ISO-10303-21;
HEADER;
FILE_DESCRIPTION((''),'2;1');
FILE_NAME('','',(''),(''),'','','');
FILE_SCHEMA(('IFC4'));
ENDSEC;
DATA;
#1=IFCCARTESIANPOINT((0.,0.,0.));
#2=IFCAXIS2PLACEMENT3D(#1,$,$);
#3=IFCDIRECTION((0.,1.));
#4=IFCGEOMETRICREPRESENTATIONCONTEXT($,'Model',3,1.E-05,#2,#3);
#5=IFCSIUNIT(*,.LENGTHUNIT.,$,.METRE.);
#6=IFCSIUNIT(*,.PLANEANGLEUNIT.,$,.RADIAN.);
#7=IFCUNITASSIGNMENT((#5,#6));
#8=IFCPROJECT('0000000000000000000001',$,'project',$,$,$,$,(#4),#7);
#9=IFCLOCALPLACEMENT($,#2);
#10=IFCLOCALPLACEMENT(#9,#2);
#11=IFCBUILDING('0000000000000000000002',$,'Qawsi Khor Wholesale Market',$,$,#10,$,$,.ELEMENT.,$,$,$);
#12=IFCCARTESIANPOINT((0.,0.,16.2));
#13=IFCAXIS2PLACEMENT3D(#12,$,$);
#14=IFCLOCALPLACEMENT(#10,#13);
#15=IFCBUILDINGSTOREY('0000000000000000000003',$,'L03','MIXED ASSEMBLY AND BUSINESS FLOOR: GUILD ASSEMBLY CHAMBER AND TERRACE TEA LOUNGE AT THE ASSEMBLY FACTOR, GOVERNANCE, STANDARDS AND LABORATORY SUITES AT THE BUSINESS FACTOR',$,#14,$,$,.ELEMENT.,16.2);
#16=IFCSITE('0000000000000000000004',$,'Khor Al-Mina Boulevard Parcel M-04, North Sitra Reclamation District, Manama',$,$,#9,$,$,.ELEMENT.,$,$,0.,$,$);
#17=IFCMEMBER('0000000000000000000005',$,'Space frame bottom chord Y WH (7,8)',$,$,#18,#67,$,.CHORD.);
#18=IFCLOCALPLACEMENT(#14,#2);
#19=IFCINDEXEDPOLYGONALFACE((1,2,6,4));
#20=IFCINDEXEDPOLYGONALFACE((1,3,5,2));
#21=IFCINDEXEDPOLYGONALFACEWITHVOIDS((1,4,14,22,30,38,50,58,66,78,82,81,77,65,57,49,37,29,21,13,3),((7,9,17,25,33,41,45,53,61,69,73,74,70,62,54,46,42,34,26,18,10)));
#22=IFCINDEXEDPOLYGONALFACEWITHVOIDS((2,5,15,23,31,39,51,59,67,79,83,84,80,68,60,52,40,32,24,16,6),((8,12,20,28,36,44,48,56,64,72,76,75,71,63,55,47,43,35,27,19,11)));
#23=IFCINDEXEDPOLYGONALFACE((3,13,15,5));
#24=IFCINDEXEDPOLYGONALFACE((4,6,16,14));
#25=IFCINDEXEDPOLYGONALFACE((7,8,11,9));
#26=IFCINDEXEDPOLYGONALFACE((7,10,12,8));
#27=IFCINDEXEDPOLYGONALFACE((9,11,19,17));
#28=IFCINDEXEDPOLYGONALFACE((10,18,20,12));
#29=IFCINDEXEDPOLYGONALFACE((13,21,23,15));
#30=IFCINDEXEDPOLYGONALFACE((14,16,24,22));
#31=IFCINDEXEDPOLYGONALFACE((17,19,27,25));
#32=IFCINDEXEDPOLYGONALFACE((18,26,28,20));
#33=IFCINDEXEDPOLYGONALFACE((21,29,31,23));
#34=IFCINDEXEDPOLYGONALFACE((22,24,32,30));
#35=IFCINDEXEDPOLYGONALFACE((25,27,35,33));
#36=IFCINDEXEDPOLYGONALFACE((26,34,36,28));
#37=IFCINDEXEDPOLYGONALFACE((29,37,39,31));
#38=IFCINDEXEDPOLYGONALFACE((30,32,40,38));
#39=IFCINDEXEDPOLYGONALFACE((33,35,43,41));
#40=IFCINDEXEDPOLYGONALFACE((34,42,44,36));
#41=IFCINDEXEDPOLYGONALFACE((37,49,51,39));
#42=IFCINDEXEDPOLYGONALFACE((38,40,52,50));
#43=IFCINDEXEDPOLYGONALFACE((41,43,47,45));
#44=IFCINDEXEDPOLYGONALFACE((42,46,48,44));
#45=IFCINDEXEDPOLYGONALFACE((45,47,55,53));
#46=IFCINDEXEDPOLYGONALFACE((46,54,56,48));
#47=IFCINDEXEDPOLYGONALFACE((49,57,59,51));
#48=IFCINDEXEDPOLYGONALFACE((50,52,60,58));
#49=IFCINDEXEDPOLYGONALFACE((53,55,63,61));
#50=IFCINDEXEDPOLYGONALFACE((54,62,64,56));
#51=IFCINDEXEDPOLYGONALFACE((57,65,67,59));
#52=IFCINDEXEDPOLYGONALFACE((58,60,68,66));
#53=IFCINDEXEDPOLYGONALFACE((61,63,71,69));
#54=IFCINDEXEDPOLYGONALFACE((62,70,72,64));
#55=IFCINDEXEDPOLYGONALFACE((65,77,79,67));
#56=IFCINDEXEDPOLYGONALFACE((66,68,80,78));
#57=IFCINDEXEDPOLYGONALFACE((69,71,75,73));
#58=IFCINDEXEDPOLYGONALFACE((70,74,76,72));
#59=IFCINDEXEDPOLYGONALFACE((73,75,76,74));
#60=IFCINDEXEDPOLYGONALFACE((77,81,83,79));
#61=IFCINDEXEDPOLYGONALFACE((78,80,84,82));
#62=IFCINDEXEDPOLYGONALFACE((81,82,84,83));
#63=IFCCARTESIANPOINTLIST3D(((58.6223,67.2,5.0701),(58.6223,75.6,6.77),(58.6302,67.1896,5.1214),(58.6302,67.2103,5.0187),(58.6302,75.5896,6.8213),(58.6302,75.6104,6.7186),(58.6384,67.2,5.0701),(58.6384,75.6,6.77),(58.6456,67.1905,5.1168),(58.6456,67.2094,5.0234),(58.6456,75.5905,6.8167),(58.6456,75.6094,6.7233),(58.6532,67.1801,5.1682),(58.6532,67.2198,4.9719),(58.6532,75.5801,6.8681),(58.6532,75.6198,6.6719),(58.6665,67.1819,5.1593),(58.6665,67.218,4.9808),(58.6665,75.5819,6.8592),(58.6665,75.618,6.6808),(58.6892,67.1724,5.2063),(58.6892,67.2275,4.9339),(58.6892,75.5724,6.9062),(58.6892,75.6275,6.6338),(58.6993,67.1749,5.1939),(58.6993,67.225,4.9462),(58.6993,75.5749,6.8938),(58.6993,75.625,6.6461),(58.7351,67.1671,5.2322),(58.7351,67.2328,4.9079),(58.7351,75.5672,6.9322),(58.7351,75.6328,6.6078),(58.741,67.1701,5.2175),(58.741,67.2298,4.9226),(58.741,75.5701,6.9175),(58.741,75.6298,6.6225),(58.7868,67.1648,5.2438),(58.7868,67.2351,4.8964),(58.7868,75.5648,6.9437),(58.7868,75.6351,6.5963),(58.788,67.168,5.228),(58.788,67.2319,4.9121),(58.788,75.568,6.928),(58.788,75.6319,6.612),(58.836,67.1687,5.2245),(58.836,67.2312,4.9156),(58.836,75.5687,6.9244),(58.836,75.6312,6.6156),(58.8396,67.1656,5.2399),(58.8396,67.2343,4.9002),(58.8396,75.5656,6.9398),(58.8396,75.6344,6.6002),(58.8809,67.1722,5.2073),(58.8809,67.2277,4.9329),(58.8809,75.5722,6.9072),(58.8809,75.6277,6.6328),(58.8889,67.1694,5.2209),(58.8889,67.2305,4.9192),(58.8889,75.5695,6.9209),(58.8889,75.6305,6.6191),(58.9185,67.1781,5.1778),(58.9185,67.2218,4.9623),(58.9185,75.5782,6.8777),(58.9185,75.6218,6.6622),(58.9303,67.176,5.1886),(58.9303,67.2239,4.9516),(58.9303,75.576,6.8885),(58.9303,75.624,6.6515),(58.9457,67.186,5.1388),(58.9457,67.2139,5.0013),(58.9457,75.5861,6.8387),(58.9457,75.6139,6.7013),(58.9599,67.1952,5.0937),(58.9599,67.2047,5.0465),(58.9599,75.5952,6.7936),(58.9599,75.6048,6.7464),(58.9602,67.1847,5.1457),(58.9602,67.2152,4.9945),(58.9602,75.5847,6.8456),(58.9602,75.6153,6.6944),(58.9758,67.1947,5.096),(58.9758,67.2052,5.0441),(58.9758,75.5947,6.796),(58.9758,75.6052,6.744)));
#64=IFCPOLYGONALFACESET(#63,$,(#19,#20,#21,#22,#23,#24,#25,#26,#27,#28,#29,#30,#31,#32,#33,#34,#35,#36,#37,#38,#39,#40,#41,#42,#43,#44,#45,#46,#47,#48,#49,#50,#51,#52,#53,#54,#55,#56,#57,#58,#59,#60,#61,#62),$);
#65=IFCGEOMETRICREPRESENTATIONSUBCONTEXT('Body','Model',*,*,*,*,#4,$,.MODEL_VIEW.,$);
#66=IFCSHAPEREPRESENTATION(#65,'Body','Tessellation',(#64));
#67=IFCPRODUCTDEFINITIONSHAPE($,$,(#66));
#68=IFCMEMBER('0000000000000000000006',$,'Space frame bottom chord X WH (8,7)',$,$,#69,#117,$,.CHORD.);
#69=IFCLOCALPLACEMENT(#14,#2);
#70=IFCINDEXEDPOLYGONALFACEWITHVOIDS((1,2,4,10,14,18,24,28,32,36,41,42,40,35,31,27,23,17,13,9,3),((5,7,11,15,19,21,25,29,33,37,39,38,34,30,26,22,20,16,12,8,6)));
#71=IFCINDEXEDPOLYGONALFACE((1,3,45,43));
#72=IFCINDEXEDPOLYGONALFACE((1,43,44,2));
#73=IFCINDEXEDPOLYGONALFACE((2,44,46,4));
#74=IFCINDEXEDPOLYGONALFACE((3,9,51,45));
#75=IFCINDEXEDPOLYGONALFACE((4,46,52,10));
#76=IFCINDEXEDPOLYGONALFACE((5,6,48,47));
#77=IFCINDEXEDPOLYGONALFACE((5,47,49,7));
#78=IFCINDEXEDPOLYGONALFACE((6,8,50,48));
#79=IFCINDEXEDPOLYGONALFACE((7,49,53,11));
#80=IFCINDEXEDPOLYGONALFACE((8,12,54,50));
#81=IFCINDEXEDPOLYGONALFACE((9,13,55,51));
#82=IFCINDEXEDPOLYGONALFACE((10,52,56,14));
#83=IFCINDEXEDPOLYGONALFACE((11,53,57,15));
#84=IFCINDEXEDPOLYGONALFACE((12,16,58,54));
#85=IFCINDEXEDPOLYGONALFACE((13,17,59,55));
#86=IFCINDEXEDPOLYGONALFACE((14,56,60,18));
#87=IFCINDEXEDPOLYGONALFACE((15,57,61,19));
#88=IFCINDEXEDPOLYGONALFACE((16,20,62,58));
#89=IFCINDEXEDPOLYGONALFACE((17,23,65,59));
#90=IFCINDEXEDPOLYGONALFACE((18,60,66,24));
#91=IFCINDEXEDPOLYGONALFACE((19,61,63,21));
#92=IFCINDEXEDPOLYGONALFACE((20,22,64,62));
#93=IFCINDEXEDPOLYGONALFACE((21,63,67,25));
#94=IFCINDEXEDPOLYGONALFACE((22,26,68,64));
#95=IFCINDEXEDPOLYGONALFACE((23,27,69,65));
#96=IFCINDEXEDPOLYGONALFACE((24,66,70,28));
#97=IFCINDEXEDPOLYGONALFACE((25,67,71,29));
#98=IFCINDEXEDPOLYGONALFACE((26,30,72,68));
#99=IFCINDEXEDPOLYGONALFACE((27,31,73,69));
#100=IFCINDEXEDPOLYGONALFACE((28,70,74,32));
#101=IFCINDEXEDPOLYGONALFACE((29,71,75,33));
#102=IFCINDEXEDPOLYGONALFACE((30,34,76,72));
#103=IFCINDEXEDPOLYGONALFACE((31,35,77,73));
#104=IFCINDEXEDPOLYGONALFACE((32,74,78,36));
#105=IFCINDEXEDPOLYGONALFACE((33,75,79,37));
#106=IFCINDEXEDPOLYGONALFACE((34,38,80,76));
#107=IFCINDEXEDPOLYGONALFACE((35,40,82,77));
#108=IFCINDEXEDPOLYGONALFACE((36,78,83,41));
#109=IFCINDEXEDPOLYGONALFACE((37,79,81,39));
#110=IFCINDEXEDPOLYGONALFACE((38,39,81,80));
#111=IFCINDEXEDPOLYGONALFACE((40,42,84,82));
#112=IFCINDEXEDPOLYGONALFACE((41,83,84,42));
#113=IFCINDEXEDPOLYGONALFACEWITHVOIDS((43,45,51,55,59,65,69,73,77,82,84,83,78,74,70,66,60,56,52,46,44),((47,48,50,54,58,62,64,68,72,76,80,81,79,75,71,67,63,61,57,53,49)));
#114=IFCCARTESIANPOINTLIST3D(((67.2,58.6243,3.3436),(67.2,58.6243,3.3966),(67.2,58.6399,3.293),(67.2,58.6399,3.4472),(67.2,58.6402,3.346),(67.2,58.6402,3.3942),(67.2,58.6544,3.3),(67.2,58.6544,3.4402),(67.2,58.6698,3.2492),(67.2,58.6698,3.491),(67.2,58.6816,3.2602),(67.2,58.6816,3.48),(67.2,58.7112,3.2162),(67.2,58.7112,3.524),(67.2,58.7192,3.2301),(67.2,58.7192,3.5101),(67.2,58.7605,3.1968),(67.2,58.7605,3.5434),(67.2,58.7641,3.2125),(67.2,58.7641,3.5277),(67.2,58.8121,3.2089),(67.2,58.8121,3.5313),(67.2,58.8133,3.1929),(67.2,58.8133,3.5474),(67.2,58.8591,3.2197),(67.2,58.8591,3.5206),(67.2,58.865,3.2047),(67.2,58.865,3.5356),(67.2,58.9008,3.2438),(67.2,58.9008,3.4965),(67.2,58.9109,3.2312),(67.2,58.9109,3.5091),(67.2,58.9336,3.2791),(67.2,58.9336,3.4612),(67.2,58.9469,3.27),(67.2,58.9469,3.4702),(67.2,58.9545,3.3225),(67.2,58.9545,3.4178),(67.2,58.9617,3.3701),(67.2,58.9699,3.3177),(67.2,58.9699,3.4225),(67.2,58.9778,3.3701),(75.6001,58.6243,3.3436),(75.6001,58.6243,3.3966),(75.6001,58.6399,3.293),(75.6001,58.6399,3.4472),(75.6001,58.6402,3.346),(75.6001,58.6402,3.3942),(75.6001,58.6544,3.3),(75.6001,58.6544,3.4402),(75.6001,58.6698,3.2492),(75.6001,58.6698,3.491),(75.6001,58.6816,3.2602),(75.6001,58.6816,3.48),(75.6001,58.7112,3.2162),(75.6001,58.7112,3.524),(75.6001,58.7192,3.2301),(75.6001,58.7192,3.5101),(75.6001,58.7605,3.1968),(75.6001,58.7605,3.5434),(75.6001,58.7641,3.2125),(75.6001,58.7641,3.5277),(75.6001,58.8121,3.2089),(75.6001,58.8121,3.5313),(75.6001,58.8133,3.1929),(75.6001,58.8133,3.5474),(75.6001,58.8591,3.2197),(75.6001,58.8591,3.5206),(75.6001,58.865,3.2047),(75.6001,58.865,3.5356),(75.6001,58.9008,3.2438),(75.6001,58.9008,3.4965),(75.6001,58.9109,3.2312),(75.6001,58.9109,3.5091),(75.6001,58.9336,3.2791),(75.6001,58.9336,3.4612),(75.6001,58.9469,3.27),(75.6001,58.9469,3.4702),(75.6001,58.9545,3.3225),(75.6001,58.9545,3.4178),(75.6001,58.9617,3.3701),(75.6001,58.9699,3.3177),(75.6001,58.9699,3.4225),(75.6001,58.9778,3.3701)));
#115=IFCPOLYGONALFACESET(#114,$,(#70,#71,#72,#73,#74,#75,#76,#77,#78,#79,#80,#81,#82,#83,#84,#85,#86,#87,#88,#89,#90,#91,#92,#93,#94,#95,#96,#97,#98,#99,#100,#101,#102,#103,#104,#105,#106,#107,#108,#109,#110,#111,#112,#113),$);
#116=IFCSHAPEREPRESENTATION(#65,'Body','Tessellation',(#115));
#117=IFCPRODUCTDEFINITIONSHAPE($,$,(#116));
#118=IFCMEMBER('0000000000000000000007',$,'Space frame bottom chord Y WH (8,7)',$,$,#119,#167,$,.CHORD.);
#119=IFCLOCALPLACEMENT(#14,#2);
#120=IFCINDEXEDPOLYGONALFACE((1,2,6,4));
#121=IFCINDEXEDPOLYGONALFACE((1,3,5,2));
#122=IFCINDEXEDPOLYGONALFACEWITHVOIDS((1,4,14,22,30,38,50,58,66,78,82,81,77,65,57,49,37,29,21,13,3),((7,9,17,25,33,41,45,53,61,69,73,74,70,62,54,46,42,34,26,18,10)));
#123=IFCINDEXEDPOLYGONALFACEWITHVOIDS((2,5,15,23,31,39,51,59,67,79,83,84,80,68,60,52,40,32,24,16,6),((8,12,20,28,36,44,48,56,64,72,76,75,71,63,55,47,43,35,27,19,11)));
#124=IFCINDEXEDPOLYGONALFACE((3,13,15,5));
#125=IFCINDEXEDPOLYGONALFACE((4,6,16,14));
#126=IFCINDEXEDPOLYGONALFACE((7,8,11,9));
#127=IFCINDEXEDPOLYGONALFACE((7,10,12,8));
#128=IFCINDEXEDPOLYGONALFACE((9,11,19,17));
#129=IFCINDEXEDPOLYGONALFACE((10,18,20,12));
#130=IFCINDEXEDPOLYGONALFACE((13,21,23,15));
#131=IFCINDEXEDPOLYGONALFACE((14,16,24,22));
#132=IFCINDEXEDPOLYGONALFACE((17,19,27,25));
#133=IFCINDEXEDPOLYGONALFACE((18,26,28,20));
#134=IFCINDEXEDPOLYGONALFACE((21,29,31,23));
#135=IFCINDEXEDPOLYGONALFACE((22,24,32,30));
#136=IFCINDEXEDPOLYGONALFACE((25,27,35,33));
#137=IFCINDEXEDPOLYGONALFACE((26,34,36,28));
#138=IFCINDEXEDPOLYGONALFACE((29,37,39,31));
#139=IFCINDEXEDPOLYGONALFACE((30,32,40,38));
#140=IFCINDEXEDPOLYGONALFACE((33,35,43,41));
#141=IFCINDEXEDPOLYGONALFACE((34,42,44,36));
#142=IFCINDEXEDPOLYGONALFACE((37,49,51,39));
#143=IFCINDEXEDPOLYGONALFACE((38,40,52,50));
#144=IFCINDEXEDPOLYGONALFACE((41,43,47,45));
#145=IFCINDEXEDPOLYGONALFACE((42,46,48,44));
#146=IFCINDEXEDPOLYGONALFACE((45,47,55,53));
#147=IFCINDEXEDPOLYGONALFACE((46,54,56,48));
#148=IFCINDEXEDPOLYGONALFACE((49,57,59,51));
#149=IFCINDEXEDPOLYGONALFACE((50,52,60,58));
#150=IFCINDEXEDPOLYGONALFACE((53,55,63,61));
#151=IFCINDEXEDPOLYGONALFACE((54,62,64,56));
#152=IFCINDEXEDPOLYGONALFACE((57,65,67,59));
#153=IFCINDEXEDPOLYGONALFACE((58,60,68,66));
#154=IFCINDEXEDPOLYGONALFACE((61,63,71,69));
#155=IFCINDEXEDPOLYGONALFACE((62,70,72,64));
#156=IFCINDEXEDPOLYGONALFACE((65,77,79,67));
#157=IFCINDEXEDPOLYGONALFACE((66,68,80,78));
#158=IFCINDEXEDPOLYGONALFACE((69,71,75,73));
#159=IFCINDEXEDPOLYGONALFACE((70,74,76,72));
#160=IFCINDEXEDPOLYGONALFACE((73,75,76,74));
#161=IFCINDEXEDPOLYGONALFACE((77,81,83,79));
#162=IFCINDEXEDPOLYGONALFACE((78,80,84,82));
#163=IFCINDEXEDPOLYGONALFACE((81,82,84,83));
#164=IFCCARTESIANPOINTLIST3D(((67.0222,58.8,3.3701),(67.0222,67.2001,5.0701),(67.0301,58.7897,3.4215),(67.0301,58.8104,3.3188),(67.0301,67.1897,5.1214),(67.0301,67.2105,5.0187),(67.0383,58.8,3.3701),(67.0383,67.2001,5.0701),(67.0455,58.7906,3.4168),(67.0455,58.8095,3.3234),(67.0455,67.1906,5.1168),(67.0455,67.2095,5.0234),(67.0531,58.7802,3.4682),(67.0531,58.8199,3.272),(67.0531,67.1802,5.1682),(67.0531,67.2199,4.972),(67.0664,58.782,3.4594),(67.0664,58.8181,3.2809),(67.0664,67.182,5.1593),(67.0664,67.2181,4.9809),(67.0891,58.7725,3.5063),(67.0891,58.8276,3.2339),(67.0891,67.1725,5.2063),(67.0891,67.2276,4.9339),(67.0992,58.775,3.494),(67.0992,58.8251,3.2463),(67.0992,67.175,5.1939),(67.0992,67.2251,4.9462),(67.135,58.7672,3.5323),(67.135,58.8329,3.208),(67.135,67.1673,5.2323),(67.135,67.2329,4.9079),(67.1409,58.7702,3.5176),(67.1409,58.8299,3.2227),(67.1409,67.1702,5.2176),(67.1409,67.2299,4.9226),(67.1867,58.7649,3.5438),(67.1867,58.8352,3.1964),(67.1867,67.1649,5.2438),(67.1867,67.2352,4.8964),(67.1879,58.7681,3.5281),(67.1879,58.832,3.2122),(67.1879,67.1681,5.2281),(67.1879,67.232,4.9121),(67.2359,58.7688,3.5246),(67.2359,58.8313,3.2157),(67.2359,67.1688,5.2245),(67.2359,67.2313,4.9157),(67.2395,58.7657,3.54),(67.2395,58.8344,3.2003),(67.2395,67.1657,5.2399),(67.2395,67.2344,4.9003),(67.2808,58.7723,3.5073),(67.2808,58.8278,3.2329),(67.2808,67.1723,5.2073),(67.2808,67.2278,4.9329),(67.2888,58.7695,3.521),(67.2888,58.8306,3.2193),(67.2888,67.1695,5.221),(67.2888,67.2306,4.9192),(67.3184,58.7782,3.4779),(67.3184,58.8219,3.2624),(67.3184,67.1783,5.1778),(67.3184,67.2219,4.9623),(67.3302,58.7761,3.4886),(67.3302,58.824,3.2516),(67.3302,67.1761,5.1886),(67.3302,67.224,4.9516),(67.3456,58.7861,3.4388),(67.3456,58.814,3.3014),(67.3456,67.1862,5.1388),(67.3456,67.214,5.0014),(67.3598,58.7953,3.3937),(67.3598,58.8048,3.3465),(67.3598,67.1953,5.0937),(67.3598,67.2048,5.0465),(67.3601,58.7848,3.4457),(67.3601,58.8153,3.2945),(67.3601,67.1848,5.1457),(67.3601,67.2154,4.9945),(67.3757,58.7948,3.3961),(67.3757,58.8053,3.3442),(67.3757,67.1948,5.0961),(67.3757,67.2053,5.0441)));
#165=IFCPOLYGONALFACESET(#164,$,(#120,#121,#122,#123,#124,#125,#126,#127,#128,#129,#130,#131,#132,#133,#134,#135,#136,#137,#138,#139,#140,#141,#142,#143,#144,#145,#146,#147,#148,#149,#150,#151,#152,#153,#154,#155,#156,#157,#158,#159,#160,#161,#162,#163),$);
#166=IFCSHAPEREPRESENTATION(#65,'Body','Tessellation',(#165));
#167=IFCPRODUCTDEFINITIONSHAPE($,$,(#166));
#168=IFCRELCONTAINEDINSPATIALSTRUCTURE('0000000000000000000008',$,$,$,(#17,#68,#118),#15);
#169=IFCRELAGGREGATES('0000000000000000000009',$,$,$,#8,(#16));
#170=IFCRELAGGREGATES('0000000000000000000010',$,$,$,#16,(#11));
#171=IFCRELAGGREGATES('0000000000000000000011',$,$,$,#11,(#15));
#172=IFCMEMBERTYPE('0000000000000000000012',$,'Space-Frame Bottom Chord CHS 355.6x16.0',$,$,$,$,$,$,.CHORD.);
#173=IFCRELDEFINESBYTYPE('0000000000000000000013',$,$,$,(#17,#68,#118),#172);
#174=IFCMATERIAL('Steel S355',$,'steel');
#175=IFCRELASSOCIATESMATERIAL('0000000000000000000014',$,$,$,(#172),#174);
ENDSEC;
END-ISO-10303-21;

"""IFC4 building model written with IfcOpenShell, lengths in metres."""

from ifc_helpers import new_model, si_unit, direction, frame, origin, origin_2d, place, context, subcontext, project, spatial, hollow_circle, extrude, material, material_profile, profile_set, type_object, element, save


model = new_model("IFC4")

# Units and contexts
model_context = context("Model", 3, precision=1e-05, world=origin(), true_north=direction((0.0, 1.0)))
body_context = subcontext(model_context, "Body", "Model", "MODEL_VIEW")
ifc_project = project(units=[si_unit("LENGTHUNIT", "METRE"), si_unit("PLANEANGLEUNIT", "RADIAN")], contexts=[model_context])

# Site, building, storey
site_placement = place(None, origin())
site = spatial("IfcSite", under=ifc_project, at=site_placement, Name="Khor Al-Mina Boulevard Parcel M-04, North Sitra Reclamation District, Manama", CompositionType="ELEMENT", RefElevation=0.0)
building_placement = place(site_placement, origin())
building = spatial("IfcBuilding", under=site, at=building_placement, Name="Qawsi Khor Wholesale Market", CompositionType="ELEMENT")
storey_placement = place(building_placement, frame((0.0, 0.0, 16.2)))
storey = spatial("IfcBuildingStorey", under=building, at=storey_placement, Name="L03", Description="MIXED ASSEMBLY AND BUSINESS FLOOR: GUILD ASSEMBLY CHAMBER AND TERRACE TEA LOUNGE AT THE ASSEMBLY FACTOR, GOVERNANCE, STANDARDS AND LABORATORY SUITES AT THE BUSINESS FACTOR", CompositionType="ELEMENT", Elevation=16.2)

# Members
ifc_material_1 = material(Name="Steel S355", Category="steel")
ifc_material_profile_1 = material_profile(ifc_material_1, hollow_circle(Radius=0.1777, WallThickness=0.0161, at=origin_2d()), Name="CHS 355.6x16.0")
ifc_profile_set_1 = profile_set([ifc_material_profile_1], Name="Steel S355")
member_type_1 = type_object("IfcMemberType", Name="Space-Frame Bottom Chord CHS 355.6x16.0", PredefinedType="CHORD", material=ifc_profile_set_1)
member_1_placement = place(storey_placement, frame((58.8, 67.2, 5.0701), z_axis=(0.0, 0.980131, 0.198351), x_axis=(-1.0, 0.0, 0.0)))
element("IfcMember", 1, at=member_1_placement, inside=storey, type_object=member_type_1, Name="Space frame bottom chord Y WH (7,8)", PredefinedType="CHORD", context=body_context, shape_type="SweptSolid", body=[
    extrude(hollow_circle(Radius=0.1777, WallThickness=0.0161, at=origin_2d()), origin(), (0.0, 0.0, 1.0), 8.5703),
])
member_2_placement = place(storey_placement, frame((67.2, 58.8, 3.3701), z_axis=(1.0, 0.0, 0.0), x_axis=(0.0, 1.0, 0.0)))
element("IfcMember", 2, at=member_2_placement, inside=storey, type_object=member_type_1, Name="Space frame bottom chord X WH (8,7)", PredefinedType="CHORD", context=body_context, shape_type="SweptSolid", body=[
    extrude(hollow_circle(Radius=0.1777, WallThickness=0.0161, at=origin_2d()), origin(), (0.0, 0.0, 1.0), 8.4001),
])
for number, where, z_axis, x_axis, name in (
    (3, (67.2, 58.8, 3.3701), (0.0, 0.98013, 0.198356), (-1.0, 0.0, 0.0), "Space frame bottom chord Y WH (8,7)"),
):
    element("IfcMember", number, at=place(storey_placement, frame(where, z_axis=z_axis, x_axis=x_axis)), inside=storey, type_object=member_type_1, Name=name, PredefinedType="CHORD", context=body_context, shape_type="SweptSolid", body=[
        extrude(hollow_circle(Radius=0.1777, WallThickness=0.0161, at=origin_2d()), origin(), (0.0, 0.0, 1.0), 8.5703),
    ])

save(model, "model.ifc")
